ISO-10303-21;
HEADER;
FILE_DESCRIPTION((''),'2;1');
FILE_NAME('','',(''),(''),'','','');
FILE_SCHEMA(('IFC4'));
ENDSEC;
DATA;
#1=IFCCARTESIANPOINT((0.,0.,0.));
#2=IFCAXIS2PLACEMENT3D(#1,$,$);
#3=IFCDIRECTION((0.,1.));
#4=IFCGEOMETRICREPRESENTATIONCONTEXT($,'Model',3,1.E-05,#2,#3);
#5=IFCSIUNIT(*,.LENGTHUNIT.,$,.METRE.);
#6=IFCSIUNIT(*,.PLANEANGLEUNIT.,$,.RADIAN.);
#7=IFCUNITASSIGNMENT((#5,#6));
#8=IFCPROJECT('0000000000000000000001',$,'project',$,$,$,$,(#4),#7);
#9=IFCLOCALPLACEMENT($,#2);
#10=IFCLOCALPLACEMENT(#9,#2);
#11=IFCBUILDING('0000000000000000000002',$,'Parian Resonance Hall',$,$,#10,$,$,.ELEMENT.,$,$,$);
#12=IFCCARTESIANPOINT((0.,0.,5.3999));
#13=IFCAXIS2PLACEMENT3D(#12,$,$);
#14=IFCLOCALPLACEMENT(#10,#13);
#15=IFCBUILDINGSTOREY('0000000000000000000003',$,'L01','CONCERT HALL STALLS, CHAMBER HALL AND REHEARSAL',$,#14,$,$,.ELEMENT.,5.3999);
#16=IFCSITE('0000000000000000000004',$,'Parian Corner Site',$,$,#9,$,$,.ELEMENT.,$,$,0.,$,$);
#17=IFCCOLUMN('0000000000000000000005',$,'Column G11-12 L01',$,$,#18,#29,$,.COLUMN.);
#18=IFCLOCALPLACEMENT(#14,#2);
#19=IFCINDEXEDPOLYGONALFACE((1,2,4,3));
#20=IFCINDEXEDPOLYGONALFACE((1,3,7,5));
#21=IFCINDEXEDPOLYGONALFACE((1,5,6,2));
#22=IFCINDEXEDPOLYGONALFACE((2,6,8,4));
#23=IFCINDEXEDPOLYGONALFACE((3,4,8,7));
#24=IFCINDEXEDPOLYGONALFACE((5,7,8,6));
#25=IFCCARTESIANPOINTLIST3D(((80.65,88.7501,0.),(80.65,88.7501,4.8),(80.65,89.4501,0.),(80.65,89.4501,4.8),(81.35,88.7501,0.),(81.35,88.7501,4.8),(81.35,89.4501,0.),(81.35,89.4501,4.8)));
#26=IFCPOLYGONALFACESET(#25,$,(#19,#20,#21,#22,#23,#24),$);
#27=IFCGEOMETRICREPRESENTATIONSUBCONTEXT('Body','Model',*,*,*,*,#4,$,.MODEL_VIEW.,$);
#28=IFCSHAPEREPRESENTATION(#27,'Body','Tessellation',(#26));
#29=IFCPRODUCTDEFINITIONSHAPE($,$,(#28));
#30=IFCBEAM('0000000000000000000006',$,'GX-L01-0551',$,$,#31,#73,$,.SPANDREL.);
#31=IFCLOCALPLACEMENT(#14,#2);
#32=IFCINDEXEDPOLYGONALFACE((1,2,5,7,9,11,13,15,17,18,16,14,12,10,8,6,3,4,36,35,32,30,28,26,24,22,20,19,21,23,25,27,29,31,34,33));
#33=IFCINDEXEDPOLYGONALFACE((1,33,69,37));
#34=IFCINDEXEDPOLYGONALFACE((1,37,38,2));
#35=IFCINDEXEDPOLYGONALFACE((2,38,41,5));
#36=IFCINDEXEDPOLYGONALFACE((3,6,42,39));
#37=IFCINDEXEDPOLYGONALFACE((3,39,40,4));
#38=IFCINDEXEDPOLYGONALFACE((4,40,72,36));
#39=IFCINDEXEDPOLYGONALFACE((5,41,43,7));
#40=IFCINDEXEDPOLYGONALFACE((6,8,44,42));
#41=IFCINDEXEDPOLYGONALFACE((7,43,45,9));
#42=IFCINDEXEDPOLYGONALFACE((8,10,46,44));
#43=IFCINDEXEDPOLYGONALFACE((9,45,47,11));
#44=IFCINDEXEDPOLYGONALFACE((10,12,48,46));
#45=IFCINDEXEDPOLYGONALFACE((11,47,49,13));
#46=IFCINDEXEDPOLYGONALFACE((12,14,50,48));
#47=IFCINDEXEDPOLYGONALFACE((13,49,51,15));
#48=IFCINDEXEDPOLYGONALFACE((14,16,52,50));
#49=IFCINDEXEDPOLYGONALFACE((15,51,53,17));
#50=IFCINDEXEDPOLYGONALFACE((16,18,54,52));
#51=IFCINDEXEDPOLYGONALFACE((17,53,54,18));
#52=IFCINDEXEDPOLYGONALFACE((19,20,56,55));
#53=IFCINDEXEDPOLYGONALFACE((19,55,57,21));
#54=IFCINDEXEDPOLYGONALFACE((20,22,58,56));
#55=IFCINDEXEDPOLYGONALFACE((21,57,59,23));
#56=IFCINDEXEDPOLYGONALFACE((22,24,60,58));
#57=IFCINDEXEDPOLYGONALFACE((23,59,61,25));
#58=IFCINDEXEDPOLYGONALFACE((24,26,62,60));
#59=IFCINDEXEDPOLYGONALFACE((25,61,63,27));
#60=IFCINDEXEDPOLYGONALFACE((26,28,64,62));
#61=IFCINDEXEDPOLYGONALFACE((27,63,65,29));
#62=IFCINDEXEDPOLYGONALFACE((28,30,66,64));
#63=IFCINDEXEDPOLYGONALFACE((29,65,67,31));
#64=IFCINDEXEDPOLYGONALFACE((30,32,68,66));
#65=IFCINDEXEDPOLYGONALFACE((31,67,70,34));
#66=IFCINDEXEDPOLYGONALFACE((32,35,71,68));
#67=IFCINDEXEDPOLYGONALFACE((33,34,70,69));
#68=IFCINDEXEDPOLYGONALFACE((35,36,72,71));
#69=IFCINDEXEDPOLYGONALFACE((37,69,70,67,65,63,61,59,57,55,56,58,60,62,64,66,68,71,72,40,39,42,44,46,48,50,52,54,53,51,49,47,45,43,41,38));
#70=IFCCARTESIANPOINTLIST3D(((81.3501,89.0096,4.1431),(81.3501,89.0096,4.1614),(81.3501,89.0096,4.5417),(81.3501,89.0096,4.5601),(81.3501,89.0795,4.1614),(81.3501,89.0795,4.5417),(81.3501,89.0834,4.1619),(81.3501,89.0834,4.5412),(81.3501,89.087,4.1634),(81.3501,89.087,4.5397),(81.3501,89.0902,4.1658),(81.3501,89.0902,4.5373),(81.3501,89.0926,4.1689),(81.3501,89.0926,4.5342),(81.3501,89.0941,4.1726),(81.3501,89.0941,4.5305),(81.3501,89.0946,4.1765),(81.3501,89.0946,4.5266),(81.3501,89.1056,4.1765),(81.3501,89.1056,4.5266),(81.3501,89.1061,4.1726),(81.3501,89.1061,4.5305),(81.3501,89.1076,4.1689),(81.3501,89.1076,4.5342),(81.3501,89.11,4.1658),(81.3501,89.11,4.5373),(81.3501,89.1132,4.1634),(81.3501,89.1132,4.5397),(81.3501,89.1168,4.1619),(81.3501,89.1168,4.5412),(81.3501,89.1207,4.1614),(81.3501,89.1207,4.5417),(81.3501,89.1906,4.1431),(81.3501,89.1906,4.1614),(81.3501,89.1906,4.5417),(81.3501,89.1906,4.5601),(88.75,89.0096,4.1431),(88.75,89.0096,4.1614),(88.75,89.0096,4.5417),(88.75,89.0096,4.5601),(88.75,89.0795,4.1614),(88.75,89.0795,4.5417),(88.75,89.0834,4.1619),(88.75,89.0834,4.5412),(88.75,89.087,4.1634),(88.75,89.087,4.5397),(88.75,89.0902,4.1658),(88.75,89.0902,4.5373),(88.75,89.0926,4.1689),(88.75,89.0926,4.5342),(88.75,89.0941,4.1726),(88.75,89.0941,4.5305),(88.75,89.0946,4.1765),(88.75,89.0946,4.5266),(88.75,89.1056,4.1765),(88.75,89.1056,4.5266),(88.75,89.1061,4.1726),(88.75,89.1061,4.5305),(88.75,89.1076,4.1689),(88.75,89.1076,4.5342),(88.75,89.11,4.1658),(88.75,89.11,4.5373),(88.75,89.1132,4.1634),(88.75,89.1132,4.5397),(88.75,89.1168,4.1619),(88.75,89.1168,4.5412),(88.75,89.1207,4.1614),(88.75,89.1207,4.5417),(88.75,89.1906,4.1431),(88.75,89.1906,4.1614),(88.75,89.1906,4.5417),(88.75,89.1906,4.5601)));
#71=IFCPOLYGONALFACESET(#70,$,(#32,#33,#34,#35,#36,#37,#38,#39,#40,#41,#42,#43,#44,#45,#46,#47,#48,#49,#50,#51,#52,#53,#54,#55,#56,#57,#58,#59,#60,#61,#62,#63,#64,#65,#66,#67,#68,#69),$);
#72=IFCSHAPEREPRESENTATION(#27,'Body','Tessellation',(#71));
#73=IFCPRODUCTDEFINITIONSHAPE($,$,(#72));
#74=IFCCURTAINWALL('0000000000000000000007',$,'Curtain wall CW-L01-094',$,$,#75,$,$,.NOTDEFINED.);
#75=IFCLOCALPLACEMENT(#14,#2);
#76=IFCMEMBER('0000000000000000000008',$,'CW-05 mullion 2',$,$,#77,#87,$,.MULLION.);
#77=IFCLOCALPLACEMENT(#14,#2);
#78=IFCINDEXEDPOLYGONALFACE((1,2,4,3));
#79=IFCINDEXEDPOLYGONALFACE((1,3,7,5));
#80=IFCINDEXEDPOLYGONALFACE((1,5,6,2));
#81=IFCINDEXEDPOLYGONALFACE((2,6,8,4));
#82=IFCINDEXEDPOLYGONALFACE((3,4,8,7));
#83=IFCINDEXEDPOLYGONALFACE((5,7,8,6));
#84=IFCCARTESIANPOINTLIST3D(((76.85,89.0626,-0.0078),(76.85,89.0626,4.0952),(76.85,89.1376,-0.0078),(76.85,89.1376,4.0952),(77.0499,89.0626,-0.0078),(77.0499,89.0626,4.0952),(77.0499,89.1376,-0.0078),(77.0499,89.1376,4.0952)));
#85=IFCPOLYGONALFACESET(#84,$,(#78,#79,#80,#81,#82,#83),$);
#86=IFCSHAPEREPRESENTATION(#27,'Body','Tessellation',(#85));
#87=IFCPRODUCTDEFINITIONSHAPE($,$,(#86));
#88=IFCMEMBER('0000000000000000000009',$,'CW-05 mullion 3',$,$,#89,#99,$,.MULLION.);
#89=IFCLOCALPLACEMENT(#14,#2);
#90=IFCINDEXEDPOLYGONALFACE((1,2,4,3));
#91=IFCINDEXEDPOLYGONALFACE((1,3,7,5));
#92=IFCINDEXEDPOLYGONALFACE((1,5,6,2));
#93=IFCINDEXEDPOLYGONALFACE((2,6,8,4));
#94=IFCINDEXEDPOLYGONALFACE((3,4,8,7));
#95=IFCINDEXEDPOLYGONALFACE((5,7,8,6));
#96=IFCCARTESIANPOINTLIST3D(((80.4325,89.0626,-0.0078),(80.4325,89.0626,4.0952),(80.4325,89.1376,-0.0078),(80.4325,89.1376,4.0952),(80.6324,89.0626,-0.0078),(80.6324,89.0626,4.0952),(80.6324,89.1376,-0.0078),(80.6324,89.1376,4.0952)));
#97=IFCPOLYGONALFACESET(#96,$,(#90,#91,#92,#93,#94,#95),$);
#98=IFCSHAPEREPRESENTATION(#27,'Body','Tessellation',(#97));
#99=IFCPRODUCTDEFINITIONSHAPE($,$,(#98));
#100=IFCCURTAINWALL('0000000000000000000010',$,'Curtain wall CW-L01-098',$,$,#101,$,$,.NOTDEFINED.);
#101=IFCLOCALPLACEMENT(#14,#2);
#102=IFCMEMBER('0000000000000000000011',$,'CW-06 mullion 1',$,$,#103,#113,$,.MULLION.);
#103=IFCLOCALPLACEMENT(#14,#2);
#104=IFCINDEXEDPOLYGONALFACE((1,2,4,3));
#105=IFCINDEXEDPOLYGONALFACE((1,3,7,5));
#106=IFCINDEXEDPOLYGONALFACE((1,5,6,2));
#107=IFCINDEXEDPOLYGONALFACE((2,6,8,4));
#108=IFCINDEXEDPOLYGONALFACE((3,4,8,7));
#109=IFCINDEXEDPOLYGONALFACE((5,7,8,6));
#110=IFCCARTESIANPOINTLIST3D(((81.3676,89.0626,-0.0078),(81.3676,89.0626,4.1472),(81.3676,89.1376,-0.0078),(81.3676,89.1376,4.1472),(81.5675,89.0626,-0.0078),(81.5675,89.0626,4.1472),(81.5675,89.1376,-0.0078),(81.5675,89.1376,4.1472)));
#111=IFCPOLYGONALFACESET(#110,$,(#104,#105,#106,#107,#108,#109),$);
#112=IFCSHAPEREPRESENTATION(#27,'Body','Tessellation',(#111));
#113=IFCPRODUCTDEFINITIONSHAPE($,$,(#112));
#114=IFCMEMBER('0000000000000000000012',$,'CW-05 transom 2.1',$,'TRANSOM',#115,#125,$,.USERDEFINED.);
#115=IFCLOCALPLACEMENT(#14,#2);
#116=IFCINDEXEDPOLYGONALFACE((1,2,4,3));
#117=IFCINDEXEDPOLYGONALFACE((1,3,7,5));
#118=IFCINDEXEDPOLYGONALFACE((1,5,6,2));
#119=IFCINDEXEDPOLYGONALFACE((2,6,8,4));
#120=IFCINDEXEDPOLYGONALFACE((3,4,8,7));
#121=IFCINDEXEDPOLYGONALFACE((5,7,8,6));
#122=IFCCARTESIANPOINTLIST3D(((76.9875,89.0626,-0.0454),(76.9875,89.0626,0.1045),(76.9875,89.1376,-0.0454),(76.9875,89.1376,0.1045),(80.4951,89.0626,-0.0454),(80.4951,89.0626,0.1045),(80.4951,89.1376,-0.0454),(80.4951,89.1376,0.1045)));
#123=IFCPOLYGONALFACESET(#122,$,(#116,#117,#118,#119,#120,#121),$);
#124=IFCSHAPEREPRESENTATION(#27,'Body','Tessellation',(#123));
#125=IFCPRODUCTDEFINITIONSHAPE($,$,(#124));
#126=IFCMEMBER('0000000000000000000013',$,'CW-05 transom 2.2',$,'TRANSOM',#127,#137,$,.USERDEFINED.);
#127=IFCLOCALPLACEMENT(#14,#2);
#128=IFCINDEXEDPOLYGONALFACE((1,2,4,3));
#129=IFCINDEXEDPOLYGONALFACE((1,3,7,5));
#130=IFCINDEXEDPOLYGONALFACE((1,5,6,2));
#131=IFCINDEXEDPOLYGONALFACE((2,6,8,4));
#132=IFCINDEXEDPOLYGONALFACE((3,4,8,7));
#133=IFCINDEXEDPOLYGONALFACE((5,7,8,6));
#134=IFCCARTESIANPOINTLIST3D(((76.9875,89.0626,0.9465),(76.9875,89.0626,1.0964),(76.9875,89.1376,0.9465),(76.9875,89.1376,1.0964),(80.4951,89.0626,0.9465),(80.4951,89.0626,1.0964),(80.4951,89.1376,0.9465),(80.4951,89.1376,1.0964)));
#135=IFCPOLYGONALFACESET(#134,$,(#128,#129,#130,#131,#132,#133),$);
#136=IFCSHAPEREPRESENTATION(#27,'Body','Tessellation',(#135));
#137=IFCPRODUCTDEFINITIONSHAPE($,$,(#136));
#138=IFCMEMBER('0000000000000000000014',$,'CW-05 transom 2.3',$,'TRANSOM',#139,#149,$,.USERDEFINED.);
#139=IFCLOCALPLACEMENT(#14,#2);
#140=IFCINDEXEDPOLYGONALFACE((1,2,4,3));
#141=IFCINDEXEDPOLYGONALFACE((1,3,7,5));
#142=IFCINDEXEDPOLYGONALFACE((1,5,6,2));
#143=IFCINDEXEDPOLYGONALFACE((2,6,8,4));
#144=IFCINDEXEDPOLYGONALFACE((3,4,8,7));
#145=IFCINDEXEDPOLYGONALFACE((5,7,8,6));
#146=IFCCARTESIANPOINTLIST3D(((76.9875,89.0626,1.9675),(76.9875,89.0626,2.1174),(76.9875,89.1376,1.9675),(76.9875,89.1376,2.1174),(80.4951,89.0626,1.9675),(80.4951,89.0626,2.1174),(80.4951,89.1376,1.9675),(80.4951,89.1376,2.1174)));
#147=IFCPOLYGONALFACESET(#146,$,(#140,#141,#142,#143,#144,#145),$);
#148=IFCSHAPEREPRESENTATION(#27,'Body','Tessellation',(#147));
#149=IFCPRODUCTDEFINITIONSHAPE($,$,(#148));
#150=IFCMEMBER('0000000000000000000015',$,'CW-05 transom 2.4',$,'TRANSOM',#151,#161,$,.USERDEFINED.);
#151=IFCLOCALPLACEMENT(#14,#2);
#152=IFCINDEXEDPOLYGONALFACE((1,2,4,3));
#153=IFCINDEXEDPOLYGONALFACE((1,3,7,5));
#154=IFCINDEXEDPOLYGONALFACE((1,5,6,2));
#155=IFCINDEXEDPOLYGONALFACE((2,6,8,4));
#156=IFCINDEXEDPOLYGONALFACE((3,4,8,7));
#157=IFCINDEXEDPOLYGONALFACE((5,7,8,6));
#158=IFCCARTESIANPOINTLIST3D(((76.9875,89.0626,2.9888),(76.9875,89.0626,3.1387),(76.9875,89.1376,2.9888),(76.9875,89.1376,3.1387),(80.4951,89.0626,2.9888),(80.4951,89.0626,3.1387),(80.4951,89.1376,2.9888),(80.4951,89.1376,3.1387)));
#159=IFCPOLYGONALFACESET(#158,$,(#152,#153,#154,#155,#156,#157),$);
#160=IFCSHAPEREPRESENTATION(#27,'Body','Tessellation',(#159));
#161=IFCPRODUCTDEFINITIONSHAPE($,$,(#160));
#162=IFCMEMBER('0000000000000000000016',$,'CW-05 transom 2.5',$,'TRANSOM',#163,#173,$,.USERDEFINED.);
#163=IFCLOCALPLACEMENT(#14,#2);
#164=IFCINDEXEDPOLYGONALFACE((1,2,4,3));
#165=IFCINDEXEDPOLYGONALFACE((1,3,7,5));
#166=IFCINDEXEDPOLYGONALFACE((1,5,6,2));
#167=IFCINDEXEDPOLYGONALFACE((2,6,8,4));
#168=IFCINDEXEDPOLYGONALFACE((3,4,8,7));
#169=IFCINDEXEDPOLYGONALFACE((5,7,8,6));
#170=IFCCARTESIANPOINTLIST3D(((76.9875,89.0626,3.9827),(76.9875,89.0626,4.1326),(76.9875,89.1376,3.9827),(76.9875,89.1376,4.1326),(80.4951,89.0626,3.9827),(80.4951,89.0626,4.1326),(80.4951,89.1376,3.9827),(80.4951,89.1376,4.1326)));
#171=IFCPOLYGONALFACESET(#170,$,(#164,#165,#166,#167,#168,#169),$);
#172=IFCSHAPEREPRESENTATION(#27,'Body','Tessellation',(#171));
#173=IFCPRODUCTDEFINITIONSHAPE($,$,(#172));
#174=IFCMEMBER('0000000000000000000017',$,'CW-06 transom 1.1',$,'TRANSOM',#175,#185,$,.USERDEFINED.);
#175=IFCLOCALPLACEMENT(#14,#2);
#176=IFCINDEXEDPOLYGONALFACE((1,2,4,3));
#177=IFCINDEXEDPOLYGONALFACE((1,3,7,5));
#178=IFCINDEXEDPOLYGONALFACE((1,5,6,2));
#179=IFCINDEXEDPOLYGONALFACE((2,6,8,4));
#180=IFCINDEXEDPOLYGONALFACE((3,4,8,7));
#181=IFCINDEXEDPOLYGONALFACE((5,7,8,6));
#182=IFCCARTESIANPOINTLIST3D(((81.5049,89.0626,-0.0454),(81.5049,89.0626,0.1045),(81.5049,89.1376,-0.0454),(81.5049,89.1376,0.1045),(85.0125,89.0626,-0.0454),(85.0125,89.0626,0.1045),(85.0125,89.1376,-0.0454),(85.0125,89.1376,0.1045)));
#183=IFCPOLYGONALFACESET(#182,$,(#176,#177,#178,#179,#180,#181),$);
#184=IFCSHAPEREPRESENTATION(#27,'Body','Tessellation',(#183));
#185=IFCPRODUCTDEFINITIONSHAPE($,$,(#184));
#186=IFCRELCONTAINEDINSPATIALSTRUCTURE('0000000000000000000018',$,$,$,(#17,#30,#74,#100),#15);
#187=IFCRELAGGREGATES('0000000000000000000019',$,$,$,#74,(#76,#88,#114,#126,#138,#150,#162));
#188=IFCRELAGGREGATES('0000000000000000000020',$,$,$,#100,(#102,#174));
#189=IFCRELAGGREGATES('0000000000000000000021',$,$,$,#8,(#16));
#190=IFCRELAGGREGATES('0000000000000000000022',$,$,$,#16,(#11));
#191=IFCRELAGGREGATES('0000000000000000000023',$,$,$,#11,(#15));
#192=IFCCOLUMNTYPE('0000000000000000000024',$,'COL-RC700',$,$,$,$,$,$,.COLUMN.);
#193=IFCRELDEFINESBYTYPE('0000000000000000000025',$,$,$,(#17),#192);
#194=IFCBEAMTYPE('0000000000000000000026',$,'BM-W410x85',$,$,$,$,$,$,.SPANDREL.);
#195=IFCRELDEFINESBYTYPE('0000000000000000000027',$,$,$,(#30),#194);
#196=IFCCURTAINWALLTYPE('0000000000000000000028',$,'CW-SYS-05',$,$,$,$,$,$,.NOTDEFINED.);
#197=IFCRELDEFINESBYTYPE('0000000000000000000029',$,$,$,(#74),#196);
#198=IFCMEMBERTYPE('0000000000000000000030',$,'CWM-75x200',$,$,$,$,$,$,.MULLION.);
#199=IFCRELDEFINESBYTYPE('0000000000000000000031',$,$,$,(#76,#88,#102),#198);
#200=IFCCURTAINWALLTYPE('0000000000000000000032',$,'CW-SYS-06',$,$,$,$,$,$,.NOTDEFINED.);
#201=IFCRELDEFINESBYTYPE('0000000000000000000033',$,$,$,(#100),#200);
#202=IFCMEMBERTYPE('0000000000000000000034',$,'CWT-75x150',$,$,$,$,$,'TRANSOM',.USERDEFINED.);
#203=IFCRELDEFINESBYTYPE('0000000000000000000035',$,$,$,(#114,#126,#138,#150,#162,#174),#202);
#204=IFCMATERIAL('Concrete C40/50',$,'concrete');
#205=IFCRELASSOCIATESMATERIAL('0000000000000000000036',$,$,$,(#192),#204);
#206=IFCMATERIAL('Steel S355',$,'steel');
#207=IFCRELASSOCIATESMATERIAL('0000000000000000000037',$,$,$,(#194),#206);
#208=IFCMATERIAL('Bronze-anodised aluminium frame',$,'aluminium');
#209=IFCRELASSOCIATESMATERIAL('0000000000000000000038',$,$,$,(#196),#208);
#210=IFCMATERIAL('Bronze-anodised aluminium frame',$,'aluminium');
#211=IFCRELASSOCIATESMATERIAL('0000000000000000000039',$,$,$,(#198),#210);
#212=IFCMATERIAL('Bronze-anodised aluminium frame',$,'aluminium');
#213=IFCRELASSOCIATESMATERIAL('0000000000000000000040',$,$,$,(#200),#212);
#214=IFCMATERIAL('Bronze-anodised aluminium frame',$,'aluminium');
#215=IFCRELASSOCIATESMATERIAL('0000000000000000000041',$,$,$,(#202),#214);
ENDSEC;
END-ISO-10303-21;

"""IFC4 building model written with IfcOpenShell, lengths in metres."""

from ifc_helpers import new_model, si_unit, direction, frame, origin, origin_2d, place, context, subcontext, project, spatial, rectangle, i_section, extrude, material, material_profile, profile_set, type_object, element, aggregate, save


model = new_model("IFC4")

# Units and contexts
model_context = context("Model", 3, precision=1e-05, world=origin(), true_north=direction((0.0, 1.0)))
body_context = subcontext(model_context, "Body", "Model", "MODEL_VIEW")
ifc_project = project(units=[si_unit("LENGTHUNIT", "METRE"), si_unit("PLANEANGLEUNIT", "RADIAN")], contexts=[model_context])

# Site, building, storey
site_placement = place(None, origin())
site = spatial("IfcSite", under=ifc_project, at=site_placement, Name="Parian Corner Site", CompositionType="ELEMENT", RefElevation=0.0)
building_placement = place(site_placement, origin())
building = spatial("IfcBuilding", under=site, at=building_placement, Name="Parian Resonance Hall", CompositionType="ELEMENT")
storey_placement = place(building_placement, frame((0.0, 0.0, 5.3999)))
storey = spatial("IfcBuildingStorey", under=building, at=storey_placement, Name="L01", Description="CONCERT HALL STALLS, CHAMBER HALL AND REHEARSAL", CompositionType="ELEMENT", Elevation=5.3999)

# Column
ifc_material_1 = material(Name="Concrete C40/50", Category="concrete")
ifc_material_profile_1 = material_profile(ifc_material_1, rectangle(XDim=0.7, YDim=0.7, at=origin_2d()), Name="RC-COL-700x700")
ifc_profile_set_1 = profile_set([ifc_material_profile_1], Name="Concrete C40/50")
column_type = type_object("IfcColumnType", Name="COL-RC700", PredefinedType="COLUMN", material=ifc_profile_set_1)
column_placement = place(storey_placement, frame((81.0, 89.1001, 0.0), z_axis=(0.0, 0.0, 1.0), x_axis=(1.0, 0.0, 0.0)))
element("IfcColumn", 1, at=column_placement, inside=storey, type_object=column_type, Name="Column G11-12 L01", PredefinedType="COLUMN", context=body_context, shape_type="SweptSolid", body=[
    extrude(rectangle(XDim=0.7, YDim=0.7, at=origin_2d()), origin(), (0.0, 0.0, 1.0), 4.8),
])

# Beam
ifc_material_2 = material(Name="Steel S355", Category="steel")
ifc_material_profile_2 = material_profile(ifc_material_2, i_section(OverallWidth=0.1809, OverallDepth=0.417, WebThickness=0.011, FlangeThickness=0.0183, FilletRadius=0.0151, at=origin_2d()), Name="W410x85")
ifc_profile_set_2 = profile_set([ifc_material_profile_2], Name="Steel S355")
beam_type = type_object("IfcBeamType", Name="BM-W410x85", PredefinedType="SPANDREL", material=ifc_profile_set_2)
beam_placement = place(storey_placement, frame((81.3501, 89.1001, 4.3516), z_axis=(1.0, 0.0, 0.0), x_axis=(0.0, 1.0, 0.0)))
element("IfcBeam", 2, at=beam_placement, inside=storey, type_object=beam_type, Name="GX-L01-0551", PredefinedType="SPANDREL", context=body_context, shape_type="SweptSolid", body=[
    extrude(i_section(OverallWidth=0.1809, OverallDepth=0.417, WebThickness=0.011, FlangeThickness=0.0183, FilletRadius=0.0151, at=origin_2d()), origin(), (0.0, 0.0, 1.0), 7.3999),
])

# Curtain wall, members
ifc_material_3 = material(Name="Bronze-anodised aluminium frame", Category="aluminium")
curtain_wall_type_1 = type_object("IfcCurtainWallType", Name="CW-SYS-05", PredefinedType="NOTDEFINED", material=ifc_material_3)
curtain_wall_1_placement = place(storey_placement, origin())
curtain_wall_1 = element("IfcCurtainWall", 3, at=curtain_wall_1_placement, inside=storey, type_object=curtain_wall_type_1, Name="Curtain wall CW-L01-094", PredefinedType="NOTDEFINED")
ifc_material_4 = material(Name="Bronze-anodised aluminium frame", Category="aluminium")
ifc_material_profile_3 = material_profile(ifc_material_4, rectangle(XDim=0.075, YDim=0.2, at=origin_2d()), Name="CWM-75x200")
ifc_profile_set_3 = profile_set([ifc_material_profile_3], Name="Bronze-anodised aluminium frame")
member_type_1 = type_object("IfcMemberType", Name="CWM-75x200", PredefinedType="MULLION", material=ifc_profile_set_3)
member_1_placement = place(storey_placement, frame((76.95, 89.1001, -0.0078), z_axis=(0.0, 0.0, 1.0), x_axis=(0.0, 1.0, 0.0)))
member_1 = element("IfcMember", 4, at=member_1_placement, type_object=member_type_1, Name="CW-05 mullion 2", PredefinedType="MULLION", context=body_context, shape_type="SweptSolid", body=[
    extrude(rectangle(XDim=0.075, YDim=0.2, at=origin_2d()), origin(), (0.0, 0.0, 1.0), 4.103),
])
member_2_placement = place(storey_placement, frame((80.5325, 89.1001, -0.0078), z_axis=(0.0, 0.0, 1.0), x_axis=(0.0, 1.0, 0.0)))
member_2 = element("IfcMember", 5, at=member_2_placement, type_object=member_type_1, Name="CW-05 mullion 3", PredefinedType="MULLION", context=body_context, shape_type="SweptSolid", body=[
    extrude(rectangle(XDim=0.075, YDim=0.2, at=origin_2d()), origin(), (0.0, 0.0, 1.0), 4.103),
])

# Curtain wall, member
ifc_material_5 = material(Name="Bronze-anodised aluminium frame", Category="aluminium")
curtain_wall_type_2 = type_object("IfcCurtainWallType", Name="CW-SYS-06", PredefinedType="NOTDEFINED", material=ifc_material_5)
curtain_wall_2_placement = place(storey_placement, origin())
curtain_wall_2 = element("IfcCurtainWall", 6, at=curtain_wall_2_placement, inside=storey, type_object=curtain_wall_type_2, Name="Curtain wall CW-L01-098", PredefinedType="NOTDEFINED")
member_3_placement = place(storey_placement, frame((81.4675, 89.1001, -0.0078), z_axis=(0.0, 0.0, 1.0), x_axis=(0.0, 1.0, 0.0)))
member_3 = element("IfcMember", 7, at=member_3_placement, type_object=member_type_1, Name="CW-06 mullion 1", PredefinedType="MULLION", context=body_context, shape_type="SweptSolid", body=[
    extrude(rectangle(XDim=0.075, YDim=0.2, at=origin_2d()), origin(), (0.0, 0.0, 1.0), 4.155),
])

# Members
ifc_material_6 = material(Name="Bronze-anodised aluminium frame", Category="aluminium")
ifc_material_profile_4 = material_profile(ifc_material_6, rectangle(XDim=0.075, YDim=0.1499, at=origin_2d()), Name="CWT-75x150")
ifc_profile_set_4 = profile_set([ifc_material_profile_4], Name="Bronze-anodised aluminium frame")
member_type_2 = type_object("IfcMemberType", Name="CWT-75x150", ElementType="TRANSOM", PredefinedType="USERDEFINED", material=ifc_profile_set_4)
member_4_placement = place(storey_placement, frame((76.9875, 89.1001, 0.0295), z_axis=(1.0, 0.0, 0.0), x_axis=(0.0, 1.0, 0.0)))
member_4 = element("IfcMember", 8, at=member_4_placement, type_object=member_type_2, Name="CW-05 transom 2.1", ObjectType="TRANSOM", PredefinedType="USERDEFINED", context=body_context, shape_type="SweptSolid", body=[
    extrude(rectangle(XDim=0.075, YDim=0.1499, at=origin_2d()), origin(), (0.0, 0.0, 1.0), 3.5076),
])
member_5_placement = place(storey_placement, frame((76.9875, 89.1001, 1.0215), z_axis=(1.0, 0.0, 0.0), x_axis=(0.0, 1.0, 0.0)))
member_5 = element("IfcMember", 9, at=member_5_placement, type_object=member_type_2, Name="CW-05 transom 2.2", ObjectType="TRANSOM", PredefinedType="USERDEFINED", context=body_context, shape_type="SweptSolid", body=[
    extrude(rectangle(XDim=0.075, YDim=0.1499, at=origin_2d()), origin(), (0.0, 0.0, 1.0), 3.5076),
])
member_6_placement = place(storey_placement, frame((76.9875, 89.1001, 2.0425), z_axis=(1.0, 0.0, 0.0), x_axis=(0.0, 1.0, 0.0)))
member_6 = element("IfcMember", 10, at=member_6_placement, type_object=member_type_2, Name="CW-05 transom 2.3", ObjectType="TRANSOM", PredefinedType="USERDEFINED", context=body_context, shape_type="SweptSolid", body=[
    extrude(rectangle(XDim=0.075, YDim=0.1499, at=origin_2d()), origin(), (0.0, 0.0, 1.0), 3.5076),
])
member_7_placement = place(storey_placement, frame((76.9875, 89.1001, 3.0637), z_axis=(1.0, 0.0, 0.0), x_axis=(0.0, 1.0, 0.0)))
member_7 = element("IfcMember", 11, at=member_7_placement, type_object=member_type_2, Name="CW-05 transom 2.4", ObjectType="TRANSOM", PredefinedType="USERDEFINED", context=body_context, shape_type="SweptSolid", body=[
    extrude(rectangle(XDim=0.075, YDim=0.1499, at=origin_2d()), origin(), (0.0, 0.0, 1.0), 3.5076),
])
member_8_placement = place(storey_placement, frame((76.9875, 89.1001, 4.0576), z_axis=(1.0, 0.0, 0.0), x_axis=(0.0, 1.0, 0.0)))
member_8 = element("IfcMember", 12, at=member_8_placement, type_object=member_type_2, Name="CW-05 transom 2.5", ObjectType="TRANSOM", PredefinedType="USERDEFINED", context=body_context, shape_type="SweptSolid", body=[
    extrude(rectangle(XDim=0.075, YDim=0.1499, at=origin_2d()), origin(), (0.0, 0.0, 1.0), 3.5076),
])
member_9_placement = place(storey_placement, frame((81.5049, 89.1001, 0.0295), z_axis=(1.0, 0.0, 0.0), x_axis=(0.0, 1.0, 0.0)))
member_9 = element("IfcMember", 13, at=member_9_placement, type_object=member_type_2, Name="CW-06 transom 1.1", ObjectType="TRANSOM", PredefinedType="USERDEFINED", context=body_context, shape_type="SweptSolid", body=[
    extrude(rectangle(XDim=0.075, YDim=0.1499, at=origin_2d()), origin(), (0.0, 0.0, 1.0), 3.5076),
])

aggregate(curtain_wall_1, [member_1, member_2, member_4, member_5, member_6, member_7, member_8])
aggregate(curtain_wall_2, [member_3, member_9])

save(model, "model.ifc")
